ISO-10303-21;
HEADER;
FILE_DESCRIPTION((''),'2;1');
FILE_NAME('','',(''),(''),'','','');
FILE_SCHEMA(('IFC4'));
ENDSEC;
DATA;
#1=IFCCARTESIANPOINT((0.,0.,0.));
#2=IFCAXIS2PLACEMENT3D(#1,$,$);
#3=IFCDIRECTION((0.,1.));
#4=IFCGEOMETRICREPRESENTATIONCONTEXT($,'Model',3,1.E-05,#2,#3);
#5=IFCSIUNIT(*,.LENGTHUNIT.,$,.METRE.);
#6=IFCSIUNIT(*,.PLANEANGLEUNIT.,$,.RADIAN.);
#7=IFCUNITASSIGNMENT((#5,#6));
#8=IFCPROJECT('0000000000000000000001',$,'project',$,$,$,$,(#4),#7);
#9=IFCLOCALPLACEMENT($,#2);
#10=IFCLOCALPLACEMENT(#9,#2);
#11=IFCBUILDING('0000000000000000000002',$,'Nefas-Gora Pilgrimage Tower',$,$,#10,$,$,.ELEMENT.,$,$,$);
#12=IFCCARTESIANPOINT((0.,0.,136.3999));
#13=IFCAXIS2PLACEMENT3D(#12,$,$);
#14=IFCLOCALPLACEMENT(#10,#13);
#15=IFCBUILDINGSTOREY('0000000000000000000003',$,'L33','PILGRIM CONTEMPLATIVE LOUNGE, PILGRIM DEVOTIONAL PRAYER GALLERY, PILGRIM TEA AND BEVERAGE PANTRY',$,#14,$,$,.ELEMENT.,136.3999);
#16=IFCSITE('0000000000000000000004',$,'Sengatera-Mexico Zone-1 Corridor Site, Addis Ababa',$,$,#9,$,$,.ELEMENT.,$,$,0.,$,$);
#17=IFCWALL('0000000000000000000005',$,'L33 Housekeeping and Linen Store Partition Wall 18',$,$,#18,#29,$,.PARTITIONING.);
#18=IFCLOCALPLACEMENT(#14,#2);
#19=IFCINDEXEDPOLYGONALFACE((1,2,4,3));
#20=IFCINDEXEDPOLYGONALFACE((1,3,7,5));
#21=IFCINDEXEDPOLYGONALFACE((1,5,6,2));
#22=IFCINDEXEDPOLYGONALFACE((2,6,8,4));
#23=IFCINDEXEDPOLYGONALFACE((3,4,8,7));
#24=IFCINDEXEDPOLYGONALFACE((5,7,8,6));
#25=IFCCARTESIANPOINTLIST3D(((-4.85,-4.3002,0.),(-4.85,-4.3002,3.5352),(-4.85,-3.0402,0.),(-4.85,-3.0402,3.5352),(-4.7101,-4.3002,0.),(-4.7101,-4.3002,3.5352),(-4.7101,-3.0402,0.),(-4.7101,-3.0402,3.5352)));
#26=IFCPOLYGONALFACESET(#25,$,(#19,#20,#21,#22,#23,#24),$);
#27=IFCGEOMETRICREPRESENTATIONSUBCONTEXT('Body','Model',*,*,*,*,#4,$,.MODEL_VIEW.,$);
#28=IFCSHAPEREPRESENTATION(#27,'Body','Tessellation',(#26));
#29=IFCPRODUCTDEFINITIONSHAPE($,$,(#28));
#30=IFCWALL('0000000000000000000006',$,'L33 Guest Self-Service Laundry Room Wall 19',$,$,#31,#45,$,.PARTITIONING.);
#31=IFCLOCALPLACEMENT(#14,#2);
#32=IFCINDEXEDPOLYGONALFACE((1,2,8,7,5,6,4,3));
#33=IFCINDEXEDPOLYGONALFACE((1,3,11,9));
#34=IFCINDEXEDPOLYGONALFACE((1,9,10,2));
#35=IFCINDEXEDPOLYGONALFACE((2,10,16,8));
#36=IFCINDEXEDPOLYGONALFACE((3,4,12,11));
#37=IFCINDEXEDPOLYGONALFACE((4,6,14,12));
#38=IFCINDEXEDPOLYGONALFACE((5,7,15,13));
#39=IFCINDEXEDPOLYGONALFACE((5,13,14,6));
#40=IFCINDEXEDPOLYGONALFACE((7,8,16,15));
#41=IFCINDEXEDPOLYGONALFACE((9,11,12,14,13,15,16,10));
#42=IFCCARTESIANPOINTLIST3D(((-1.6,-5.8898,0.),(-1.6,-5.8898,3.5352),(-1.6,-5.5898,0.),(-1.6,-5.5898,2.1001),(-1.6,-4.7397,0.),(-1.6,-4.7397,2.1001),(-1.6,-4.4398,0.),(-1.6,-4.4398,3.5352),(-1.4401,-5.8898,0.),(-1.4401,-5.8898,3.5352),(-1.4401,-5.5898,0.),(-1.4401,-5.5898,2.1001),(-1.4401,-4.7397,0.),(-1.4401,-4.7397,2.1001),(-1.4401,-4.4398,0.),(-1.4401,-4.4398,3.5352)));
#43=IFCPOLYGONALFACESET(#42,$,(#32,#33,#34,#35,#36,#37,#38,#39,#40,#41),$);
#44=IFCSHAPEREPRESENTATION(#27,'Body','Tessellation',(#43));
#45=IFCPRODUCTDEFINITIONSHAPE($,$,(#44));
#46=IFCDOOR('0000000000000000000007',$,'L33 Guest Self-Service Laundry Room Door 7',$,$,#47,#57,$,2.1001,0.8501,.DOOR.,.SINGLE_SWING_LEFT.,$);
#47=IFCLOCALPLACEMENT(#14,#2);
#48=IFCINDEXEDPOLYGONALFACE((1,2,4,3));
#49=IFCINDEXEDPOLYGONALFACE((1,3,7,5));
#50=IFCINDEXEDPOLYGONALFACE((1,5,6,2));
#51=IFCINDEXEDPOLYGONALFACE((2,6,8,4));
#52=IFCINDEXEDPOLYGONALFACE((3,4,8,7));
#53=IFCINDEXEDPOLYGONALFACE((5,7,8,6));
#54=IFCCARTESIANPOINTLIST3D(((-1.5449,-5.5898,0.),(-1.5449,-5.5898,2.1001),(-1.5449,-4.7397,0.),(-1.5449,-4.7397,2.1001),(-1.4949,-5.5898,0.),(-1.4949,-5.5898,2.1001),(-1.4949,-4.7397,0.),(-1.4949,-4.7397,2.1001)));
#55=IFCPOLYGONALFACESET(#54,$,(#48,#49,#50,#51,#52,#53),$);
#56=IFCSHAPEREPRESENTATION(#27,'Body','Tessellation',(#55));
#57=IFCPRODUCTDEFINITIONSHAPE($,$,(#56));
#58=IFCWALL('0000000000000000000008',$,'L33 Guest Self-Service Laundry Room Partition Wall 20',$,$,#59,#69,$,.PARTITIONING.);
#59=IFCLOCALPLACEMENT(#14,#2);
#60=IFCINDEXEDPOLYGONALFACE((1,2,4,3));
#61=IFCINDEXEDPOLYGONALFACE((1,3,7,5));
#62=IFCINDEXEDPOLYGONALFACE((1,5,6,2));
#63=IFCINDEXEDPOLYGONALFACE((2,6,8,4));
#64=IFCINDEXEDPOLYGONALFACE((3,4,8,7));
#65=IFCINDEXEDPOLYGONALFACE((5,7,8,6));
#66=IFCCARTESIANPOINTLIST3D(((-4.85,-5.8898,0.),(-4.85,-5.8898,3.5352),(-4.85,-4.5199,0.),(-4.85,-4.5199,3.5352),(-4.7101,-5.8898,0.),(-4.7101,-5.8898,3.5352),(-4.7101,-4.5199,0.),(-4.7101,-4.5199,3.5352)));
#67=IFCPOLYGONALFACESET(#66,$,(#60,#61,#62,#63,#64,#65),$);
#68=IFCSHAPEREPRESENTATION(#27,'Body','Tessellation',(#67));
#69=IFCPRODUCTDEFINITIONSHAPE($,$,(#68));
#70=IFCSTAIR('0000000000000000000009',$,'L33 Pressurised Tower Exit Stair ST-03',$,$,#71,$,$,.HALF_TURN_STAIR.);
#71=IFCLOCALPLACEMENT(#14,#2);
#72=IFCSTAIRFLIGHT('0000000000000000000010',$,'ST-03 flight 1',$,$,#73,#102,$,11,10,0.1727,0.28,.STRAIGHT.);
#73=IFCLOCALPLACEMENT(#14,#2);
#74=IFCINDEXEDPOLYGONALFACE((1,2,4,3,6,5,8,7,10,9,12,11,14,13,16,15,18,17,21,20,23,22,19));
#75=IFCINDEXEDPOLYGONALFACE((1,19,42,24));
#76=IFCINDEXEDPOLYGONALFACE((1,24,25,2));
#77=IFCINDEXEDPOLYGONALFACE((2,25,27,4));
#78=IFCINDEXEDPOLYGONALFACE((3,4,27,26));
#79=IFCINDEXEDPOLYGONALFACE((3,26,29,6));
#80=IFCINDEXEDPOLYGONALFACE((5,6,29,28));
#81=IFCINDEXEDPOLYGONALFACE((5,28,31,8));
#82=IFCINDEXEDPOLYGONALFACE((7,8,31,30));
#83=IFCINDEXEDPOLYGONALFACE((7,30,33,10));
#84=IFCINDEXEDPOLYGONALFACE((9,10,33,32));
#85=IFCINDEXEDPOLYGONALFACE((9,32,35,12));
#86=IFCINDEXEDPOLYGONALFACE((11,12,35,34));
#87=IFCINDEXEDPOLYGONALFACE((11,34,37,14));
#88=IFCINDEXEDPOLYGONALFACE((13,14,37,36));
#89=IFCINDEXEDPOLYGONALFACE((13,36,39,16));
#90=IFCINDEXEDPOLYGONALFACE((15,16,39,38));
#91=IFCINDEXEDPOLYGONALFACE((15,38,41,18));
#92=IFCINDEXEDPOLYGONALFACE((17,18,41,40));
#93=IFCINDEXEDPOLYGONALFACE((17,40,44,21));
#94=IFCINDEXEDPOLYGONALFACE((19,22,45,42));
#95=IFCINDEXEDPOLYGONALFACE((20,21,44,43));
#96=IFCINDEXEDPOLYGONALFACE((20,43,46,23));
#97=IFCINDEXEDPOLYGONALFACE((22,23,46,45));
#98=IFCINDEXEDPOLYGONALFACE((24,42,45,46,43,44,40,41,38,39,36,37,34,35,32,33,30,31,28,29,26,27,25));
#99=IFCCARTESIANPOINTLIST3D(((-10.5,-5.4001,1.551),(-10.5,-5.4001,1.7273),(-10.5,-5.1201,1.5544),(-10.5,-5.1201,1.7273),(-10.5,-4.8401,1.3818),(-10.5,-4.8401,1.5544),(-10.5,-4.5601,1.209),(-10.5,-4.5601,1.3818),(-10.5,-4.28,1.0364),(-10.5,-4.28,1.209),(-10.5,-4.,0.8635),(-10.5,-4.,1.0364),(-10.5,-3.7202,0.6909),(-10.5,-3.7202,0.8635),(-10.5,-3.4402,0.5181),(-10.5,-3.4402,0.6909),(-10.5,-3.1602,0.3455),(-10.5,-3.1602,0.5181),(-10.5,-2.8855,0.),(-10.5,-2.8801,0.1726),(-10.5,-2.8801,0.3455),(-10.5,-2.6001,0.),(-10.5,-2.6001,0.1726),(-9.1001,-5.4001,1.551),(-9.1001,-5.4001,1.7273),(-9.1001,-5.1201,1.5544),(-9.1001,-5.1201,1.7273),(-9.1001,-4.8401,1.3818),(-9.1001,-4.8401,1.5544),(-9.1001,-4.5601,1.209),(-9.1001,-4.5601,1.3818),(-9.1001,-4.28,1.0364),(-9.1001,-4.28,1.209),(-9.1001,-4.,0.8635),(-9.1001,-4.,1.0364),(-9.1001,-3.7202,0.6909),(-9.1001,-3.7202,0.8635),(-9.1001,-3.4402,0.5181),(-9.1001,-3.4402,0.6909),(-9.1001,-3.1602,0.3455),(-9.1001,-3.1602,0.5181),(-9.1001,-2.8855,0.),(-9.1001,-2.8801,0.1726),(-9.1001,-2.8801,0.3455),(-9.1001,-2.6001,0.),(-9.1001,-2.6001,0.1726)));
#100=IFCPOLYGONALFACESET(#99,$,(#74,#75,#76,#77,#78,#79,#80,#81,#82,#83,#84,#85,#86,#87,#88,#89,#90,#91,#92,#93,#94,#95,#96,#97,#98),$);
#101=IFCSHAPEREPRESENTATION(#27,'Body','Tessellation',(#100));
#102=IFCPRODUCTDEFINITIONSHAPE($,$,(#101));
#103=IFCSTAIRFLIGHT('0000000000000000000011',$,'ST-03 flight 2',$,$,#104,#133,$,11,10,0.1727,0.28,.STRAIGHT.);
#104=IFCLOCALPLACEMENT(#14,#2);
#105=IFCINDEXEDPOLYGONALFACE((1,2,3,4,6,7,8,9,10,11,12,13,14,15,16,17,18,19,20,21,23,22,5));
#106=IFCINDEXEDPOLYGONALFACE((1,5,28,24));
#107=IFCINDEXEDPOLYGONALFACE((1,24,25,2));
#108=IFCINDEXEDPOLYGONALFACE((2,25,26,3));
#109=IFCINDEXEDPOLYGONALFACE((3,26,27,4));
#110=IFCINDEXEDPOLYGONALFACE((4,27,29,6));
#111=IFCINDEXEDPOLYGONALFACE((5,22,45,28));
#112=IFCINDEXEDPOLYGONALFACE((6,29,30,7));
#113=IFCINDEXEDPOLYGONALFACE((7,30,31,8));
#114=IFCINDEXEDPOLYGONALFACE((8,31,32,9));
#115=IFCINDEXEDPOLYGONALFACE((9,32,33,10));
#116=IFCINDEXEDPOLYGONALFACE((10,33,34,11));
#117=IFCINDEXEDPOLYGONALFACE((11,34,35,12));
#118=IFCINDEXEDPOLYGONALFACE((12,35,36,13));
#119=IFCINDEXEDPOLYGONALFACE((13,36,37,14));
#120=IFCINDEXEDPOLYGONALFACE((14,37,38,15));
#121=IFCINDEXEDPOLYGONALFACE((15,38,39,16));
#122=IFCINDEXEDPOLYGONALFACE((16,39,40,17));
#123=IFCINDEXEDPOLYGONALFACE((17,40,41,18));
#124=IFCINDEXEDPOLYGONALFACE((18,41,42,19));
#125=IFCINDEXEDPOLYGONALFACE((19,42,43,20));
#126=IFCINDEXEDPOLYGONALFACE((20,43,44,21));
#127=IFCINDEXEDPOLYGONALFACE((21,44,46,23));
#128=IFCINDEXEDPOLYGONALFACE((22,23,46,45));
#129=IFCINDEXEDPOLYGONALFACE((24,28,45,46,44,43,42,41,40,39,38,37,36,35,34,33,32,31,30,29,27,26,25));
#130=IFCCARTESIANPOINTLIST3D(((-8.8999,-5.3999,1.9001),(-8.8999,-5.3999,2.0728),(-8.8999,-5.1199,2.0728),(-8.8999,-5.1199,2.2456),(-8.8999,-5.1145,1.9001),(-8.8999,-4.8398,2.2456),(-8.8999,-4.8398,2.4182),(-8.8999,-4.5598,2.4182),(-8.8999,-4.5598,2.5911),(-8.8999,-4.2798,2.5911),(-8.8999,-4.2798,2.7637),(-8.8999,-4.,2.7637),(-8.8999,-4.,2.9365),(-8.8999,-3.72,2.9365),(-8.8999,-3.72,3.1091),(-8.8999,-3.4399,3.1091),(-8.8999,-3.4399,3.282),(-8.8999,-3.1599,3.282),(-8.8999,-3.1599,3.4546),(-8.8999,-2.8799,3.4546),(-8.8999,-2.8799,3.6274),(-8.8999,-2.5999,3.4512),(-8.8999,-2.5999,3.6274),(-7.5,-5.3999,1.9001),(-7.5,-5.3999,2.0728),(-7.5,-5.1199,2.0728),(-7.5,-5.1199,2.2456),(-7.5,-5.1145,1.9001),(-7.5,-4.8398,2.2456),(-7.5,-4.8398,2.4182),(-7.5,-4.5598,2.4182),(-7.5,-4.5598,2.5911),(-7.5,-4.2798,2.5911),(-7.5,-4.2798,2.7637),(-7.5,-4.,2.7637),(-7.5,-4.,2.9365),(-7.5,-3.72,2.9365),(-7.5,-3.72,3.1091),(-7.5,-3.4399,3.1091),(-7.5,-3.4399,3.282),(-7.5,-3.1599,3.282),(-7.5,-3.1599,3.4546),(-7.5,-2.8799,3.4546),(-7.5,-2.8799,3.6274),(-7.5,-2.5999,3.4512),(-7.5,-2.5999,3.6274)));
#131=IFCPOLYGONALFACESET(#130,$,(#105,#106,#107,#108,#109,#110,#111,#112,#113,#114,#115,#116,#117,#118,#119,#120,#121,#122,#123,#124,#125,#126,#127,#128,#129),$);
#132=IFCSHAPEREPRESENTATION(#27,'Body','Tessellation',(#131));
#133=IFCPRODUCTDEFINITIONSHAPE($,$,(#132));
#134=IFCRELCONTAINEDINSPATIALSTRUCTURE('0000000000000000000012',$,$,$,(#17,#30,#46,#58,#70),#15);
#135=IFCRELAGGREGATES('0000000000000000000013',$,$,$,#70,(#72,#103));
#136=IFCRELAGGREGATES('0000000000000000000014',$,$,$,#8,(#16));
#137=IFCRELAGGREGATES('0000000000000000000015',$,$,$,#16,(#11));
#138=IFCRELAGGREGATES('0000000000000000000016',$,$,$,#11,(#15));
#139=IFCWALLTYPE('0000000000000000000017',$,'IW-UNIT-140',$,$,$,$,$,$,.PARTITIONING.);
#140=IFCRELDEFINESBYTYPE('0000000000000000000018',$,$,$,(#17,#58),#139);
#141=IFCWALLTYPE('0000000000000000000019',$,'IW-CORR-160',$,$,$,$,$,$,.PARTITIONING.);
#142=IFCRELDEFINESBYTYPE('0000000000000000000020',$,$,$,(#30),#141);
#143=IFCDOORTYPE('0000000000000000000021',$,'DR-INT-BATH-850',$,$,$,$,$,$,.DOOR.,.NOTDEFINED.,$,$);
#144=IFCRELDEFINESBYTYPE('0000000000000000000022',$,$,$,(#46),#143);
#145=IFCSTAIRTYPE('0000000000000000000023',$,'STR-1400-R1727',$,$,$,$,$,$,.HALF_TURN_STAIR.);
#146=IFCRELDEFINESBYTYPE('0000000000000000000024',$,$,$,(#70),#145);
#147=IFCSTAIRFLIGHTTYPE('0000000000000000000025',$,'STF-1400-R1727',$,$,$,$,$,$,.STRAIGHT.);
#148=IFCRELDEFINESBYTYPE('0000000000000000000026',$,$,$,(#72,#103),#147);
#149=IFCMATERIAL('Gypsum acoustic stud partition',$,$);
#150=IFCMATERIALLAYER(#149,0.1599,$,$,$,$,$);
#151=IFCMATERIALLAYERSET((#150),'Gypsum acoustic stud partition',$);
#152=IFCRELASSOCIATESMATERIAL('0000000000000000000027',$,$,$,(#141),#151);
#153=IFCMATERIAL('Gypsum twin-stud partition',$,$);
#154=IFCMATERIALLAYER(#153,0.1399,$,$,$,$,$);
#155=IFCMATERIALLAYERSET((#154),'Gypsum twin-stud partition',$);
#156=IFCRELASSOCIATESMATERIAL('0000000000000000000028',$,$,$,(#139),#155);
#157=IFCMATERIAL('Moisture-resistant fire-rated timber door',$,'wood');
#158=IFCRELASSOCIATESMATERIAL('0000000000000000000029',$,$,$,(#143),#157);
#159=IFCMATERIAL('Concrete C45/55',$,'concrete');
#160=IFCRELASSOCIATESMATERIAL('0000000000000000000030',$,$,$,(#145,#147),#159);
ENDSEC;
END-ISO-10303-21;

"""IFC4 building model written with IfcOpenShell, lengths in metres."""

from ifc_helpers import new_model, si_unit, direction, frame, frame_2d, origin, place, context, subcontext, project, spatial, polyline, rectangle, outline, extrude, source, transform, mapped, material, layer, layer_set, type_object, element, fill, aggregate, save


model = new_model("IFC4")

# Units and contexts
model_context = context("Model", 3, precision=1e-05, world=origin(), true_north=direction((0.0, 1.0)))
body_context = subcontext(model_context, "Body", "Model", "MODEL_VIEW")
ifc_project = project(units=[si_unit("LENGTHUNIT", "METRE"), si_unit("PLANEANGLEUNIT", "RADIAN")], contexts=[model_context])

# Site, building, storey
site_placement = place(None, origin())
site = spatial("IfcSite", under=ifc_project, at=site_placement, Name="Sengatera-Mexico Zone-1 Corridor Site, Addis Ababa", CompositionType="ELEMENT", RefElevation=0.0)
building_placement = place(site_placement, origin())
building = spatial("IfcBuilding", under=site, at=building_placement, Name="Nefas-Gora Pilgrimage Tower", CompositionType="ELEMENT")
storey_placement = place(building_placement, frame((0.0, 0.0, 136.3999)))
storey = spatial("IfcBuildingStorey", under=building, at=storey_placement, Name="L33", Description="PILGRIM CONTEMPLATIVE LOUNGE, PILGRIM DEVOTIONAL PRAYER GALLERY, PILGRIM TEA AND BEVERAGE PANTRY", CompositionType="ELEMENT", Elevation=136.3999)

# Shared definitions
ifc_material_1 = material(Name="Concrete C45/55", Category="concrete")

# Shared definitions
ifc_material_2 = material(Name="Gypsum acoustic stud partition")
ifc_layer_1 = layer(ifc_material_2, 0.1599)
ifc_layer_set_1 = layer_set([ifc_layer_1], Name="Gypsum acoustic stud partition")
wall_type_1 = type_object("IfcWallType", Name="IW-CORR-160", PredefinedType="PARTITIONING", material=ifc_layer_set_1)
ifc_material_3 = material(Name="Gypsum twin-stud partition")
ifc_layer_2 = layer(ifc_material_3, 0.1399)
ifc_layer_set_2 = layer_set([ifc_layer_2], Name="Gypsum twin-stud partition")
wall_type_2 = type_object("IfcWallType", Name="IW-UNIT-140", PredefinedType="PARTITIONING", material=ifc_layer_set_2)

# Shared definitions
ifc_material_4 = material(Name="Moisture-resistant fire-rated timber door", Category="wood")
door_type_1 = type_object("IfcDoorType", Name="DR-INT-BATH-850", OperationType="NOTDEFINED", PredefinedType="DOOR", material=ifc_material_4)
shared_shape_1 = source(origin(), body_context, "Body", "SweptSolid", [
    extrude(rectangle(XDim=0.8501, YDim=2.1001, at=frame_2d((0.425, 1.05))), frame((0.0, 0.0249, 0.0), z_axis=(0.0, -1.0, 0.0), x_axis=(1.0, 0.0, 0.0)), (0.0, 0.0, 1.0), 0.05),
])

# Wall
shared_shape_2 = source(origin(), body_context, "Body", "SweptSolid", [
    extrude(rectangle(XDim=1.26, YDim=0.1399, at=frame_2d((0.6299, 0.0))), origin(), (0.0, 0.0, 1.0), 3.5352),
])
wall_1_placement = place(storey_placement, frame((-4.78, -4.3, 0.0), z_axis=(0.0, 0.0, 1.0), x_axis=(0.0, 1.0, 0.0)))
element("IfcWall", 1, at=wall_1_placement, inside=storey, type_object=wall_type_2, Name="L33 Housekeeping and Linen Store Partition Wall 18", PredefinedType="PARTITIONING", context=body_context, shape_type="MappedRepresentation", body=[
    mapped(shared_shape_2, transform((0.0, 0.0, 0.0), x_axis=(1.0, 0.0, 0.0), y_axis=(0.0, 1.0, 0.0), z_axis=(0.0, 0.0, 1.0), scale=1.0)),
])

# Wall, opening, door
shared_shape_3 = source(origin(), body_context, "Body", "SweptSolid", [
    extrude(rectangle(XDim=1.45, YDim=0.1599, at=frame_2d((0.7251, 0.0))), origin(), (0.0, 0.0, 1.0), 3.5352),
])
wall_2_placement = place(storey_placement, frame((-1.52, -5.8899, 0.0), z_axis=(0.0, 0.0, 1.0), x_axis=(0.0, 1.0, 0.0)))
wall_2 = element("IfcWall", 2, at=wall_2_placement, inside=storey, type_object=wall_type_1, Name="L33 Guest Self-Service Laundry Room Wall 19", PredefinedType="PARTITIONING", context=body_context, shape_type="MappedRepresentation", body=[
    mapped(shared_shape_3, transform((0.0, 0.0, 0.0), x_axis=(1.0, 0.0, 0.0), y_axis=(0.0, 1.0, 0.0), z_axis=(0.0, 0.0, 1.0), scale=1.0)),
])
opening_1_placement = place(wall_2_placement, frame((0.3, 0.0, 0.0)))
opening_1 = element("IfcOpeningElement", 3, at=opening_1_placement, cuts=wall_2, PredefinedType="OPENING", context=body_context, shape_type="SweptSolid", body=[
    extrude(rectangle(XDim=0.8501, YDim=2.1001, at=frame_2d((0.425, 1.05))), frame((0.0, 0.0898, 0.0), z_axis=(0.0, -1.0, 0.0), x_axis=(1.0, 0.0, 0.0)), (0.0, 0.0, 1.0), 0.1799),
])
door_1_placement = place(opening_1_placement, origin())
door_1 = element("IfcDoor", 4, at=door_1_placement, inside=storey, type_object=door_type_1, Name="L33 Guest Self-Service Laundry Room Door 7", OperationType="SINGLE_SWING_LEFT", OverallHeight=2.1001, OverallWidth=0.8501, PredefinedType="DOOR", context=body_context, shape_type="MappedRepresentation", body=[
    mapped(shared_shape_1, transform((0.0, 0.0, 0.0), x_axis=(1.0, 0.0, 0.0), y_axis=(0.0, 1.0, 0.0), z_axis=(0.0, 0.0, 1.0), scale=1.0)),
])
fill(opening_1, door_1)

# Wall
shared_shape_4 = source(origin(), body_context, "Body", "SweptSolid", [
    extrude(rectangle(XDim=1.3699, YDim=0.1399, at=frame_2d((0.6851, 0.0))), origin(), (0.0, 0.0, 1.0), 3.5352),
])
wall_3_placement = place(storey_placement, frame((-4.78, -5.8899, 0.0), z_axis=(0.0, 0.0, 1.0), x_axis=(0.0, 1.0, 0.0)))
element("IfcWall", 5, at=wall_3_placement, inside=storey, type_object=wall_type_2, Name="L33 Guest Self-Service Laundry Room Partition Wall 20", PredefinedType="PARTITIONING", context=body_context, shape_type="MappedRepresentation", body=[
    mapped(shared_shape_4, transform((0.0, 0.0, 0.0), x_axis=(1.0, 0.0, 0.0), y_axis=(0.0, 1.0, 0.0), z_axis=(0.0, 0.0, 1.0), scale=1.0)),
])

# Stair, stair flights
stair_type = type_object("IfcStairType", Name="STR-1400-R1727", PredefinedType="HALF_TURN_STAIR", material=ifc_material_1)
stair_placement = place(storey_placement, origin())
stair = element("IfcStair", 6, at=stair_placement, inside=storey, type_object=stair_type, Name="L33 Pressurised Tower Exit Stair ST-03", PredefinedType="HALF_TURN_STAIR")
stair_flight_type = type_object("IfcStairFlightType", Name="STF-1400-R1727", PredefinedType="STRAIGHT", material=ifc_material_1)
shared_shape_5 = source(origin(), body_context, "Body", "SweptSolid", [
    extrude(outline(polyline([(0.0, 0.0), (0.0, 0.1726), (0.28, 0.1726), (0.28, 0.3455), (0.5601, 0.3455), (0.5601, 0.5181), (0.8401, 0.5181), (0.8401, 0.6909), (1.1201, 0.6909), (1.1201, 0.8635), (1.3999, 0.8635), (1.3999, 1.0364), (1.6799, 1.0364), (1.6799, 1.209), (1.96, 1.209), (1.96, 1.3818), (2.24, 1.3818), (2.24, 1.5544), (2.52, 1.5544), (2.52, 1.7273), (2.8, 1.7273), (2.8, 1.8999), (2.8, 1.551), (0.2854, 0.0), (0.0, 0.0)])), frame((0.0, 0.7, 0.0), z_axis=(0.0, -1.0, 0.0), x_axis=(1.0, 0.0, 0.0)), (0.0, 0.0, 1.0), 1.3999),
])
stair_flight_1_placement = place(storey_placement, frame((-9.8, -2.6001, 0.0), z_axis=(0.0, 0.0, 1.0), x_axis=(0.0, -1.0, 0.0)))
stair_flight_1 = element("IfcStairFlight", 7, at=stair_flight_1_placement, type_object=stair_flight_type, Name="ST-03 flight 1", NumberOfRisers=11, NumberOfTreads=10, PredefinedType="STRAIGHT", RiserHeight=0.1727, TreadLength=0.28, context=body_context, shape_type="MappedRepresentation", body=[
    mapped(shared_shape_5, transform((0.0, 0.0, 0.0), x_axis=(1.0, 0.0, 0.0), y_axis=(0.0, 1.0, 0.0), z_axis=(0.0, 0.0, 1.0), scale=1.0)),
])
stair_flight_2_placement = place(storey_placement, frame((-8.2, -5.3999, 1.9001), z_axis=(0.0, 0.0, 1.0), x_axis=(0.0, 1.0, 0.0)))
stair_flight_2 = element("IfcStairFlight", 8, at=stair_flight_2_placement, type_object=stair_flight_type, Name="ST-03 flight 2", NumberOfRisers=11, NumberOfTreads=10, PredefinedType="STRAIGHT", RiserHeight=0.1727, TreadLength=0.28, context=body_context, shape_type="MappedRepresentation", body=[
    mapped(shared_shape_5, transform((0.0, 0.0, 0.0), x_axis=(1.0, 0.0, 0.0), y_axis=(0.0, 1.0, 0.0), z_axis=(0.0, 0.0, 1.0), scale=1.0)),
])
aggregate(stair, [stair_flight_1, stair_flight_2])

save(model, "model.ifc")
